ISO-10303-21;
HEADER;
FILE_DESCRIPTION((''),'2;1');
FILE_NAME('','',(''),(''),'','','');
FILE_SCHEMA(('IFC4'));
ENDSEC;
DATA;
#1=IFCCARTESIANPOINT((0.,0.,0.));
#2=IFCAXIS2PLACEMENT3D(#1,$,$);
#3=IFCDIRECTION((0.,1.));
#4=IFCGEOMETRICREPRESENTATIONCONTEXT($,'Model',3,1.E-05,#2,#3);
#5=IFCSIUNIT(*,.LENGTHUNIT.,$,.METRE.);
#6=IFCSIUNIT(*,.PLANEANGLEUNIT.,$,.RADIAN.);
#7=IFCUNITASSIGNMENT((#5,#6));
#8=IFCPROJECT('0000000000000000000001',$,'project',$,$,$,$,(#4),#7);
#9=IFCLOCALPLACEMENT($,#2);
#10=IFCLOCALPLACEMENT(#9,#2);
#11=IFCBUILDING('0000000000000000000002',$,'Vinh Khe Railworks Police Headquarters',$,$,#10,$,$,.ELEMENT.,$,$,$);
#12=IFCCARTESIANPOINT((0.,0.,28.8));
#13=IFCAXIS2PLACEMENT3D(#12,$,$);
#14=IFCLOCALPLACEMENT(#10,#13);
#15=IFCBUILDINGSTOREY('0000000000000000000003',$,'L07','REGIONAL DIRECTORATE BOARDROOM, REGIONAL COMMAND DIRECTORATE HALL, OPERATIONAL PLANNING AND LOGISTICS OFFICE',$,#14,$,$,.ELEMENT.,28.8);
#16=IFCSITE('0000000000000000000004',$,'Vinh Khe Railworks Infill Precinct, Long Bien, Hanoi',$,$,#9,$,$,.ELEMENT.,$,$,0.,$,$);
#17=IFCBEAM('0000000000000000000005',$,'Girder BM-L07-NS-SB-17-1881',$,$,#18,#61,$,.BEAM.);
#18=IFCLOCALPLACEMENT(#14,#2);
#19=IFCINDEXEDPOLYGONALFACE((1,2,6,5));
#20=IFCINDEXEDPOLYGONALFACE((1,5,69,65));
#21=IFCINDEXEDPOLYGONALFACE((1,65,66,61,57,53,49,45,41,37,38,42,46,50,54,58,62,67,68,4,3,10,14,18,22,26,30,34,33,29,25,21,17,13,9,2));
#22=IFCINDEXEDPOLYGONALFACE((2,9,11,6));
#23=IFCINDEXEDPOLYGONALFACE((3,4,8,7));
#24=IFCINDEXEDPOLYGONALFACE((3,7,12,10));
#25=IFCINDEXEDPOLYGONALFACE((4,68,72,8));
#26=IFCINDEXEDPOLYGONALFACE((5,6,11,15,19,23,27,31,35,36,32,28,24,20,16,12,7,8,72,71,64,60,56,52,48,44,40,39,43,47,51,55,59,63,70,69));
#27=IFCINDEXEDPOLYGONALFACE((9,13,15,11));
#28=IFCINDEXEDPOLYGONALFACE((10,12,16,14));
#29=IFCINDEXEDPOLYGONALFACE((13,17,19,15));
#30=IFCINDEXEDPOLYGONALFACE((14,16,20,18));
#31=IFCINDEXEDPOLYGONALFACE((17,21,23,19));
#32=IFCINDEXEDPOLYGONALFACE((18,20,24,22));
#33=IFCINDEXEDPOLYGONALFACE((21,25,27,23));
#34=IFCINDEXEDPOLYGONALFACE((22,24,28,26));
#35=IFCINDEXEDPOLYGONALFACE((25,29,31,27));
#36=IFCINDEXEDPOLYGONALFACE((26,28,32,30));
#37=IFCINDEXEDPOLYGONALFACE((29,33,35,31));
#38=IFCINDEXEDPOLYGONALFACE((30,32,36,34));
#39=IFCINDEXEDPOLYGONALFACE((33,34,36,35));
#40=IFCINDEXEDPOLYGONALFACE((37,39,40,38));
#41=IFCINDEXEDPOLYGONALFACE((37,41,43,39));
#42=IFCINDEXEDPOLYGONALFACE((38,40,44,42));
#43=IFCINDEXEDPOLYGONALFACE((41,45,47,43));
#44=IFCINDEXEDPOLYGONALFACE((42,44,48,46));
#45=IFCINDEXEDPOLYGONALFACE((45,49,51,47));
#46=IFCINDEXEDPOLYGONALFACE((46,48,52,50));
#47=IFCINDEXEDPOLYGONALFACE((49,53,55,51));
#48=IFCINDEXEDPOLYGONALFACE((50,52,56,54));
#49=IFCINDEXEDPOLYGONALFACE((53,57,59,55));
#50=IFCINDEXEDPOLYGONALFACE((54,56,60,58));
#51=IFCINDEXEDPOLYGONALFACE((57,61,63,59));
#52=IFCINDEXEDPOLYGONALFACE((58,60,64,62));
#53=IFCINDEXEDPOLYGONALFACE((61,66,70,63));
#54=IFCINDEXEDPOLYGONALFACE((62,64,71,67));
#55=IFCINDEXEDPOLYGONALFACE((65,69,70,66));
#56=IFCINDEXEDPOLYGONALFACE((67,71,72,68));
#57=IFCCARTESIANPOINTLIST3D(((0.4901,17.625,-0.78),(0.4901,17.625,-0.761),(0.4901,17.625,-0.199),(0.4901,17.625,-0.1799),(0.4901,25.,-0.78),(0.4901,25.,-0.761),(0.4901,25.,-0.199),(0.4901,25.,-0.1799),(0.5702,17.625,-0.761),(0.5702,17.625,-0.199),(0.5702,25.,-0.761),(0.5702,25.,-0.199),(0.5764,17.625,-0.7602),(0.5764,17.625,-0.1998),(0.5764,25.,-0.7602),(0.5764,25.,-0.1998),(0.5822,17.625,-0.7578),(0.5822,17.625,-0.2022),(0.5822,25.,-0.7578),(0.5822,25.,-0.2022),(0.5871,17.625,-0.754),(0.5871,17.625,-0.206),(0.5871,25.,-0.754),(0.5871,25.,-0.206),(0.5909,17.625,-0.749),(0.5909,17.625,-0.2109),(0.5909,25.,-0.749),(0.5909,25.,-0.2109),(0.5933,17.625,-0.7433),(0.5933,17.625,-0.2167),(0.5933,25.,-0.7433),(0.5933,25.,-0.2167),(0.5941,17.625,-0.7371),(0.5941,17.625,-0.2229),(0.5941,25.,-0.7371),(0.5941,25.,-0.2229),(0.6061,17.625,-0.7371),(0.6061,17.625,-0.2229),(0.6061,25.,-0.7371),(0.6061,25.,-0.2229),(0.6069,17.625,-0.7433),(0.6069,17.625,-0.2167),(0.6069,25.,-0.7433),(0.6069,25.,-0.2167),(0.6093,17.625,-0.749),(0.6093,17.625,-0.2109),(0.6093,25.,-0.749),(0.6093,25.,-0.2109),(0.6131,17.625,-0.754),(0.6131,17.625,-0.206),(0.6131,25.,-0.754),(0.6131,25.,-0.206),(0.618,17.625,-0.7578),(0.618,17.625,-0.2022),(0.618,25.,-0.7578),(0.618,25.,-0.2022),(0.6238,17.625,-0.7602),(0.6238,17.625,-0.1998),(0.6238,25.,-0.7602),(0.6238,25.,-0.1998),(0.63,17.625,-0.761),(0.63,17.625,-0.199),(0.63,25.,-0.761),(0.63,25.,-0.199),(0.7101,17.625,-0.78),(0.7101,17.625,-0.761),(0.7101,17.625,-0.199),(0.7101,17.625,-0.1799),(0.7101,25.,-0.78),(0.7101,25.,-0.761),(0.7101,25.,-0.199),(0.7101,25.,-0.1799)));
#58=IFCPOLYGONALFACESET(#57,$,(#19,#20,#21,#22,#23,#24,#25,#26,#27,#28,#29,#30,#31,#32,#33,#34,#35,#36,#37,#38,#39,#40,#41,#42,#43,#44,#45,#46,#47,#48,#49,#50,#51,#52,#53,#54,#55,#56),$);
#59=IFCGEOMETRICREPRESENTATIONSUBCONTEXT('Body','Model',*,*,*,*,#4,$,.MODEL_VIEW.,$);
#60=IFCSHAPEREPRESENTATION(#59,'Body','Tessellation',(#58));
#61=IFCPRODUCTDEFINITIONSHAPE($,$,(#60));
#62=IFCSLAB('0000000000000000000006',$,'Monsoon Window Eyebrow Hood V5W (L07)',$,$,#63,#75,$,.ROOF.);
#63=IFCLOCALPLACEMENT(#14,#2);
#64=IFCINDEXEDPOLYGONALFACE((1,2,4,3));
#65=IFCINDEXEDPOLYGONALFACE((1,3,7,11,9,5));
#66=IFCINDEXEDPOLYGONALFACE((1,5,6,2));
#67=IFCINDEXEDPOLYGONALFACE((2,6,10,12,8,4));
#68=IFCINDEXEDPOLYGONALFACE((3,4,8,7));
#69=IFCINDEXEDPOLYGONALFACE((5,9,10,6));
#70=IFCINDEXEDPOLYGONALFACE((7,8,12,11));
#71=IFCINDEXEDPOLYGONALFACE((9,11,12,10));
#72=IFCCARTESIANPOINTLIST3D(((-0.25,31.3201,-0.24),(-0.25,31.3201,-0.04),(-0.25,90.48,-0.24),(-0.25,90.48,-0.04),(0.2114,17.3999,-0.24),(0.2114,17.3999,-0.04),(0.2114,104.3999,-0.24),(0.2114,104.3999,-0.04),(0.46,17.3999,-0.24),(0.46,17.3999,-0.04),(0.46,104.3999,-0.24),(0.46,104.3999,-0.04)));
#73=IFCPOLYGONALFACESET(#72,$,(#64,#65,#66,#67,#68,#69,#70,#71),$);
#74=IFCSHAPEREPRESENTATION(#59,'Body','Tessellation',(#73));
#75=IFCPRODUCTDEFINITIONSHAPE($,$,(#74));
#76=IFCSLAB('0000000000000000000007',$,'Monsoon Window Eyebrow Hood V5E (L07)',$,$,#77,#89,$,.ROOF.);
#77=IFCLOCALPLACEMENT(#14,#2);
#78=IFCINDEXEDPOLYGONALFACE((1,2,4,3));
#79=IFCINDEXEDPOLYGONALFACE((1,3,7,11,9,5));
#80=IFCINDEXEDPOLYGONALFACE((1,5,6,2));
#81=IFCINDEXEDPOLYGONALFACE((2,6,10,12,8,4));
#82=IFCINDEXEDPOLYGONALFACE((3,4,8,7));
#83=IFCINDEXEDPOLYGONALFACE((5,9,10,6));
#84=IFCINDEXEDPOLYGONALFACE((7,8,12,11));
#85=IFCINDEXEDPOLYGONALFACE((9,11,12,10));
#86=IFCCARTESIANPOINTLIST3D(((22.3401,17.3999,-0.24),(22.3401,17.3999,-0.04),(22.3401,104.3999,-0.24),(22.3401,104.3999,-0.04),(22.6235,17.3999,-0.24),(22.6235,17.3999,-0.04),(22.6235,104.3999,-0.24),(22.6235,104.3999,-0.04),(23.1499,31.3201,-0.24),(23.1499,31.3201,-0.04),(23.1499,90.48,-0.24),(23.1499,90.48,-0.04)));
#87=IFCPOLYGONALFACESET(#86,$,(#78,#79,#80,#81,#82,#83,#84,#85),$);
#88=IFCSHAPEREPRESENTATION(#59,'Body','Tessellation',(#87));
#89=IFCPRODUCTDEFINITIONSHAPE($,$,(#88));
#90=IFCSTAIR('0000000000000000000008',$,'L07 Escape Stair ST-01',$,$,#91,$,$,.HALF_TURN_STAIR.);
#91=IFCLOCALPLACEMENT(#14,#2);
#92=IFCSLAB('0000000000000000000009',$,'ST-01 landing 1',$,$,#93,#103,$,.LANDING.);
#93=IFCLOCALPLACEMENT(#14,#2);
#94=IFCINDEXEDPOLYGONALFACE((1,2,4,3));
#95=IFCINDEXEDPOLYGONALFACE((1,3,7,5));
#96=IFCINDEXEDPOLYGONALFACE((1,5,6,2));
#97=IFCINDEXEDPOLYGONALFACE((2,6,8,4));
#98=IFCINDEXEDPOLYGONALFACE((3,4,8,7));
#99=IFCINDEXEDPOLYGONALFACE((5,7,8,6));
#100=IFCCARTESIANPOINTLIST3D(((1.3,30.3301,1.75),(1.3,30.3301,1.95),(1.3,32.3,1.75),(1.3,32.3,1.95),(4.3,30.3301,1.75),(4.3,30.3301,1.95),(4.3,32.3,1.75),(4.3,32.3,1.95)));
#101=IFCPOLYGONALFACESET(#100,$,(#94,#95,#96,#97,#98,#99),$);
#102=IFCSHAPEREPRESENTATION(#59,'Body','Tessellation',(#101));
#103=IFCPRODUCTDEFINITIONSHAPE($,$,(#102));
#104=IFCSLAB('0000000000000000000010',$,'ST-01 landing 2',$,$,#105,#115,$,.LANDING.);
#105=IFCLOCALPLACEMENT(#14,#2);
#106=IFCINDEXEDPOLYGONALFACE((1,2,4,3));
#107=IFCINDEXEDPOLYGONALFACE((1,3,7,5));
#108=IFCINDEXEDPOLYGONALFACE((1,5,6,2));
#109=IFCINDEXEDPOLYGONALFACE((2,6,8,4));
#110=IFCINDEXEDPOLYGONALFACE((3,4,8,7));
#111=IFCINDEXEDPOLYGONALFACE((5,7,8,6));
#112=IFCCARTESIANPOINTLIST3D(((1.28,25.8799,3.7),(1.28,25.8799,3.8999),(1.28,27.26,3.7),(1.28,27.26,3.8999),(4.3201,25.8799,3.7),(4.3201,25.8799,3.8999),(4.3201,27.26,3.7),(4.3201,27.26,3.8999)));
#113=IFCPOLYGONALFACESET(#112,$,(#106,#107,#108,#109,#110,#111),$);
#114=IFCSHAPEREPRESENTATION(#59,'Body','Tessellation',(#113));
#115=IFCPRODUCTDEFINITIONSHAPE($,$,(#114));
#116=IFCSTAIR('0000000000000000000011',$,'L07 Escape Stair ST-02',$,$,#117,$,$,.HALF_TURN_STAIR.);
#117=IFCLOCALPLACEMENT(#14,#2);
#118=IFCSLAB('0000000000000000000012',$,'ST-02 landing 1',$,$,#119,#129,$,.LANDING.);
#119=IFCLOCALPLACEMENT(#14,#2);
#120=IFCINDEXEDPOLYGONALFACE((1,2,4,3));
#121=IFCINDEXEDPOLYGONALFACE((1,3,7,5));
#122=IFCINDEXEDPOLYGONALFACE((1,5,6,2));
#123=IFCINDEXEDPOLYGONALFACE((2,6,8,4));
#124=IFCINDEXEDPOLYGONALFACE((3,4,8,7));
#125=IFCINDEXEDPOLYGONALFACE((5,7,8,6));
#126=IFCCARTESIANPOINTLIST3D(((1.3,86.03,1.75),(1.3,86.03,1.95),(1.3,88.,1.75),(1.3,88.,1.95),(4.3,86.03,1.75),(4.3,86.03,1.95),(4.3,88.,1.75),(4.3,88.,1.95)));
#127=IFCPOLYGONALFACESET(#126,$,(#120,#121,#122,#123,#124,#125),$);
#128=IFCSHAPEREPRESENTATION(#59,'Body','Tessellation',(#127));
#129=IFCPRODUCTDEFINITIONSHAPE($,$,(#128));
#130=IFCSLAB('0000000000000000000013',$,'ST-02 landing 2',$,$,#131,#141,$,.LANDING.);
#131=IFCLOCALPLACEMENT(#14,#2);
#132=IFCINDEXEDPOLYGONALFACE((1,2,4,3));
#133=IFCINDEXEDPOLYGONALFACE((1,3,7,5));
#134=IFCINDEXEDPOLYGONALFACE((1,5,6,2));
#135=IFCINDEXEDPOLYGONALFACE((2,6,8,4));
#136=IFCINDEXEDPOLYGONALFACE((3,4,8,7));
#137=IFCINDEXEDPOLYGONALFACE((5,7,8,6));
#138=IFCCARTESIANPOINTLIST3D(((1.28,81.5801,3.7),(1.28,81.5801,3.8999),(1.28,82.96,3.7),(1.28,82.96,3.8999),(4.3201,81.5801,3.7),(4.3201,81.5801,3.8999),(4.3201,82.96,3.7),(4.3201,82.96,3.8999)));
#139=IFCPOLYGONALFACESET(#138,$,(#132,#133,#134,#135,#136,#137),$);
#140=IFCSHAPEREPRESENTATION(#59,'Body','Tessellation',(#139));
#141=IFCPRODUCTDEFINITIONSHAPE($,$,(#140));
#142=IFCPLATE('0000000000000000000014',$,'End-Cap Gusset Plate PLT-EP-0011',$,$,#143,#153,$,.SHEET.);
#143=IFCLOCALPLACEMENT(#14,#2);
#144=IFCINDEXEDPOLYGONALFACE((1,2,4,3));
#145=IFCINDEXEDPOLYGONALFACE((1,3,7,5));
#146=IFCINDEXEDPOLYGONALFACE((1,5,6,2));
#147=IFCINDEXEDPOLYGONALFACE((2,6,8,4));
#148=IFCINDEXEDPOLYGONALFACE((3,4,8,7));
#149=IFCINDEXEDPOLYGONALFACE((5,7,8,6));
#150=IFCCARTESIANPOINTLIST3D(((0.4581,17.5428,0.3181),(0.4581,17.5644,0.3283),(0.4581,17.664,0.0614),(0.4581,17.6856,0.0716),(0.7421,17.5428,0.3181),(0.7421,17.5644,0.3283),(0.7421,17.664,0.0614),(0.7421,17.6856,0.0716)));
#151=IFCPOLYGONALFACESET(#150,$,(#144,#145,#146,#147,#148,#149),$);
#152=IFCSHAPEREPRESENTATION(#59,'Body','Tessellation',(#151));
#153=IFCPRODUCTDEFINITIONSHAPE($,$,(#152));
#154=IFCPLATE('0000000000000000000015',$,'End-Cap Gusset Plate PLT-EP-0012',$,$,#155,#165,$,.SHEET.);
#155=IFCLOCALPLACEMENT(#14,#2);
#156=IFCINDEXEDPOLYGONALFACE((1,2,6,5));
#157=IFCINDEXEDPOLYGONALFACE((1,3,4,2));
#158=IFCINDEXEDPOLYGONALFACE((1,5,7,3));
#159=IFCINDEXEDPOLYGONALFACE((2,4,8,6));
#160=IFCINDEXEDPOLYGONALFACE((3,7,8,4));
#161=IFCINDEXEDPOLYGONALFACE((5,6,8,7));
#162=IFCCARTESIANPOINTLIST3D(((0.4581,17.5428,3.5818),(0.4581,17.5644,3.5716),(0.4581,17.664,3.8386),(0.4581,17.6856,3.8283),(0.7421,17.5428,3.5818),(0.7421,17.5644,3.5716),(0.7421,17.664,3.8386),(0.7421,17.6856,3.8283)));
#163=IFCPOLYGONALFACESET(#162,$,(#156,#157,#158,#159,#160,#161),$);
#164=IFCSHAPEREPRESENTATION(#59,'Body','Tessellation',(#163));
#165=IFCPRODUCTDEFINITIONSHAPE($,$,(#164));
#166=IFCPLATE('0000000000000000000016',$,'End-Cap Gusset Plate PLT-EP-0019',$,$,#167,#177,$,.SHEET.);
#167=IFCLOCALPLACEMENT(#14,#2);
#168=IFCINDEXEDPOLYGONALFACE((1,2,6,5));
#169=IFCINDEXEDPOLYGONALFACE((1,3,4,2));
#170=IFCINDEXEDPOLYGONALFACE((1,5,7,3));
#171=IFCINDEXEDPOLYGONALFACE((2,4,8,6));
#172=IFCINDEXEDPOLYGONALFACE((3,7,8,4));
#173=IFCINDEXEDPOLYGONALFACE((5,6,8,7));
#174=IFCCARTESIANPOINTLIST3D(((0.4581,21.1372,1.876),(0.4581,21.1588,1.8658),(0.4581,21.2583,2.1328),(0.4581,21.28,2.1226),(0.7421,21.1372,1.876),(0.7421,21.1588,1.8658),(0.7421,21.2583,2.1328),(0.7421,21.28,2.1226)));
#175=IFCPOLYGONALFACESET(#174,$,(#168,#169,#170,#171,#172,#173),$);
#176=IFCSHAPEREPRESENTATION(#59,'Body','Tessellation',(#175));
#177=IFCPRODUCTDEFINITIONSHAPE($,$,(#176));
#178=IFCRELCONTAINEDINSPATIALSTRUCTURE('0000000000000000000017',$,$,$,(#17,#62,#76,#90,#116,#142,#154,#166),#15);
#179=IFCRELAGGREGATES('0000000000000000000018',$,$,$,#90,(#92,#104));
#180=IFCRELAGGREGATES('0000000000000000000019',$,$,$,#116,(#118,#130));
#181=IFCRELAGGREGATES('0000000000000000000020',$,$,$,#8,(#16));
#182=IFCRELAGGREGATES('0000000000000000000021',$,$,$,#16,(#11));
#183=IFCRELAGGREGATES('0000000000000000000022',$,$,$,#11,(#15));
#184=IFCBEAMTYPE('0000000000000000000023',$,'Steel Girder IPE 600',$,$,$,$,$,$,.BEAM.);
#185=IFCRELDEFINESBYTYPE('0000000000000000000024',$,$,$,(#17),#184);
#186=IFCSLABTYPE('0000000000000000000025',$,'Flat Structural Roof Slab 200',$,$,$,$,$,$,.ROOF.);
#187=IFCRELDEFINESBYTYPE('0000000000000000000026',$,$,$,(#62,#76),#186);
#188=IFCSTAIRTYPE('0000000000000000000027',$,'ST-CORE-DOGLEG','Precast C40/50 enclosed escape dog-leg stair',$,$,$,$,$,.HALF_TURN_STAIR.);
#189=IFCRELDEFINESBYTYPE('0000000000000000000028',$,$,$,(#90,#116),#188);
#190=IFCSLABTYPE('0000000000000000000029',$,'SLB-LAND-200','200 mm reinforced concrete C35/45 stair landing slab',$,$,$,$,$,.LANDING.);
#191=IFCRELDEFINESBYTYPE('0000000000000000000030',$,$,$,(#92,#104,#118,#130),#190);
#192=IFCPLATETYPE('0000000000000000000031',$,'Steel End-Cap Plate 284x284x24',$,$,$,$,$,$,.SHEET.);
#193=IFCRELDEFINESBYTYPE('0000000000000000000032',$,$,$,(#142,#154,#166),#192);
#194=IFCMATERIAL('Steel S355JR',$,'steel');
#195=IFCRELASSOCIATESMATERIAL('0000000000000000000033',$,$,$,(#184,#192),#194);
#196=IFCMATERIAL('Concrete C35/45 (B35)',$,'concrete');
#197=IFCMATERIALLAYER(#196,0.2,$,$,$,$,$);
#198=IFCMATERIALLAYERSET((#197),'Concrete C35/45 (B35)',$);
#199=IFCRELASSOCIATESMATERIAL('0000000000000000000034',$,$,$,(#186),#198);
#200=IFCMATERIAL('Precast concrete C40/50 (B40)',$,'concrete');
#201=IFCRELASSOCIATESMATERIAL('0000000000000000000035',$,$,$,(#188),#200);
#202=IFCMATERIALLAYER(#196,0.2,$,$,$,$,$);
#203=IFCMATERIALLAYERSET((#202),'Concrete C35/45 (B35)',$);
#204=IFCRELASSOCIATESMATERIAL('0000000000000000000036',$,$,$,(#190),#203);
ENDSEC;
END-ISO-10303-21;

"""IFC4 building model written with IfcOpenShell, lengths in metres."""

from ifc_helpers import new_model, si_unit, direction, frame, origin, origin_2d, place, context, subcontext, project, spatial, polyline, rectangle, i_section, outline, extrude, material, layer, layer_set, material_profile, profile_set, type_object, element, aggregate, save


model = new_model("IFC4")

# Units and contexts
model_context = context("Model", 3, precision=1e-05, world=origin(), true_north=direction((0.0, 1.0)))
body_context = subcontext(model_context, "Body", "Model", "MODEL_VIEW")
ifc_project = project(units=[si_unit("LENGTHUNIT", "METRE"), si_unit("PLANEANGLEUNIT", "RADIAN")], contexts=[model_context])

# Site, building, storey
site_placement = place(None, origin())
site = spatial("IfcSite", under=ifc_project, at=site_placement, Name="Vinh Khe Railworks Infill Precinct, Long Bien, Hanoi", CompositionType="ELEMENT", RefElevation=0.0)
building_placement = place(site_placement, origin())
building = spatial("IfcBuilding", under=site, at=building_placement, Name="Vinh Khe Railworks Police Headquarters", CompositionType="ELEMENT")
storey_placement = place(building_placement, frame((0.0, 0.0, 28.8)))
storey = spatial("IfcBuildingStorey", under=building, at=storey_placement, Name="L07", Description="REGIONAL DIRECTORATE BOARDROOM, REGIONAL COMMAND DIRECTORATE HALL, OPERATIONAL PLANNING AND LOGISTICS OFFICE", CompositionType="ELEMENT", Elevation=28.8)

# Shared definitions
ifc_material_1 = material(Name="Steel S355JR", Category="steel")

# Beam
ifc_material_profile_1 = material_profile(ifc_material_1, i_section(OverallWidth=0.22, OverallDepth=0.6001, WebThickness=0.012, FlangeThickness=0.019, FilletRadius=0.0239, at=origin_2d()), Name="IPE 600")
ifc_profile_set_1 = profile_set([ifc_material_profile_1], Name="Steel S355JR")
beam_type_1 = type_object("IfcBeamType", Name="Steel Girder IPE 600", PredefinedType="BEAM", material=ifc_profile_set_1)
beam_1_placement = place(storey_placement, frame((0.6001, 17.625, -0.48), z_axis=(0.0, 1.0, 0.0), x_axis=(-1.0, 0.0, 0.0)))
element("IfcBeam", 1, at=beam_1_placement, inside=storey, type_object=beam_type_1, Name="Girder BM-L07-NS-SB-17-1881", PredefinedType="BEAM", context=body_context, shape_type="SweptSolid", body=[
    extrude(i_section(OverallWidth=0.22, OverallDepth=0.6001, WebThickness=0.012, FlangeThickness=0.019, FilletRadius=0.0239, at=origin_2d()), origin(), (0.0, 0.0, 1.0), 7.375),
])

# Slabs
ifc_material_2 = material(Name="Concrete C35/45 (B35)", Category="concrete")
ifc_layer_1 = layer(ifc_material_2, 0.2)
ifc_layer_set_1 = layer_set([ifc_layer_1], Name="Concrete C35/45 (B35)")
slab_type_1 = type_object("IfcSlabType", Name="Flat Structural Roof Slab 200", PredefinedType="ROOF", material=ifc_layer_set_1)
slab_1_placement = place(storey_placement, frame((0.0, 0.0, -0.24)))
element("IfcSlab", 2, at=slab_1_placement, inside=storey, type_object=slab_type_1, Name="Monsoon Window Eyebrow Hood V5W (L07)", PredefinedType="ROOF", context=body_context, shape_type="SweptSolid", body=[
    extrude(outline(polyline([(0.46, 17.3999), (0.46, 104.3999), (0.2114, 104.3999), (-0.25, 90.48), (-0.25, 31.3201), (0.2114, 17.3999), (0.46, 17.3999)])), origin(), (0.0, 0.0, 1.0), 0.2),
])
slab_2_placement = place(storey_placement, frame((0.0, 0.0, -0.24)))
element("IfcSlab", 3, at=slab_2_placement, inside=storey, type_object=slab_type_1, Name="Monsoon Window Eyebrow Hood V5E (L07)", PredefinedType="ROOF", context=body_context, shape_type="SweptSolid", body=[
    extrude(outline(polyline([(22.3401, 17.3999), (22.6235, 17.3999), (23.1499, 31.3201), (23.1499, 90.48), (22.6235, 104.3999), (22.3401, 104.3999), (22.3401, 17.3999)])), origin(), (0.0, 0.0, 1.0), 0.2),
])

# Stairs, slabs
ifc_material_3 = material(Name="Precast concrete C40/50 (B40)", Category="concrete")
stair_type = type_object("IfcStairType", Name="ST-CORE-DOGLEG", Description="Precast C40/50 enclosed escape dog-leg stair", PredefinedType="HALF_TURN_STAIR", material=ifc_material_3)
stair_1_placement = place(storey_placement, origin())
stair_1 = element("IfcStair", 4, at=stair_1_placement, inside=storey, type_object=stair_type, Name="L07 Escape Stair ST-01", PredefinedType="HALF_TURN_STAIR")
ifc_layer_2 = layer(ifc_material_2, 0.2)
ifc_layer_set_2 = layer_set([ifc_layer_2], Name="Concrete C35/45 (B35)")
slab_type_2 = type_object("IfcSlabType", Name="SLB-LAND-200", Description="200 mm reinforced concrete C35/45 stair landing slab", PredefinedType="LANDING", material=ifc_layer_set_2)
slab_3_placement = place(storey_placement, frame((0.0, 0.0, 1.75)))
slab_3 = element("IfcSlab", 5, at=slab_3_placement, type_object=slab_type_2, Name="ST-01 landing 1", PredefinedType="LANDING", context=body_context, shape_type="SweptSolid", body=[
    extrude(outline(polyline([(4.3, 30.3301), (4.3, 32.3), (1.3, 32.3), (1.3, 30.3301), (4.3, 30.3301)])), origin(), (0.0, 0.0, 1.0), 0.2),
])
slab_4_placement = place(storey_placement, frame((0.0, 0.0, 3.7)))
slab_4 = element("IfcSlab", 6, at=slab_4_placement, type_object=slab_type_2, Name="ST-01 landing 2", PredefinedType="LANDING", context=body_context, shape_type="SweptSolid", body=[
    extrude(outline(polyline([(1.28, 25.8799), (4.3201, 25.8799), (4.3201, 27.26), (1.28, 27.26), (1.28, 25.8799)])), origin(), (0.0, 0.0, 1.0), 0.2),
])
aggregate(stair_1, [slab_3, slab_4])
stair_2_placement = place(storey_placement, origin())
stair_2 = element("IfcStair", 7, at=stair_2_placement, inside=storey, type_object=stair_type, Name="L07 Escape Stair ST-02", PredefinedType="HALF_TURN_STAIR")
slab_5_placement = place(storey_placement, frame((0.0, 0.0, 1.75)))
slab_5 = element("IfcSlab", 8, at=slab_5_placement, type_object=slab_type_2, Name="ST-02 landing 1", PredefinedType="LANDING", context=body_context, shape_type="SweptSolid", body=[
    extrude(outline(polyline([(4.3, 86.03), (4.3, 88.0), (1.3, 88.0), (1.3, 86.03), (4.3, 86.03)])), origin(), (0.0, 0.0, 1.0), 0.2),
])
slab_6_placement = place(storey_placement, frame((0.0, 0.0, 3.7)))
slab_6 = element("IfcSlab", 9, at=slab_6_placement, type_object=slab_type_2, Name="ST-02 landing 2", PredefinedType="LANDING", context=body_context, shape_type="SweptSolid", body=[
    extrude(outline(polyline([(1.28, 81.5801), (4.3201, 81.5801), (4.3201, 82.96), (1.28, 82.96), (1.28, 81.5801)])), origin(), (0.0, 0.0, 1.0), 0.2),
])
aggregate(stair_2, [slab_5, slab_6])

# Plates
ifc_material_profile_2 = material_profile(ifc_material_1, rectangle(XDim=0.2839, YDim=0.2839, at=origin_2d()), Name="PL 284x284")
ifc_profile_set_2 = profile_set([ifc_material_profile_2], Name="Steel S355JR")
plate_type = type_object("IfcPlateType", Name="Steel End-Cap Plate 284x284x24", PredefinedType="SHEET", material=ifc_profile_set_2)
for number, where, z_axis, x_axis, name in (
    (10, (0.6001, 17.625, 0.2), (0.0, -0.904358, -0.426775), (1.0, 0.0, 0.0), "End-Cap Gusset Plate PLT-EP-0011"),
    (11, (0.6001, 17.625, 3.7), (0.0, -0.904358, 0.426775), (1.0, 0.0, 0.0), "End-Cap Gusset Plate PLT-EP-0012"),
    (12, (0.6001, 21.1978, 2.0044), (0.0, 0.904358, -0.426775), (-1.0, 0.0, 0.0), "End-Cap Gusset Plate PLT-EP-0019"),
):
    element("IfcPlate", number, at=place(storey_placement, frame(where, z_axis=z_axis, x_axis=x_axis)), inside=storey, type_object=plate_type, Name=name, PredefinedType="SHEET", context=body_context, shape_type="SweptSolid", body=[
        extrude(rectangle(XDim=0.2839, YDim=0.2839, at=origin_2d()), origin(), (0.0, 0.0, 1.0), 0.0239),
    ])

save(model, "model.ifc")
